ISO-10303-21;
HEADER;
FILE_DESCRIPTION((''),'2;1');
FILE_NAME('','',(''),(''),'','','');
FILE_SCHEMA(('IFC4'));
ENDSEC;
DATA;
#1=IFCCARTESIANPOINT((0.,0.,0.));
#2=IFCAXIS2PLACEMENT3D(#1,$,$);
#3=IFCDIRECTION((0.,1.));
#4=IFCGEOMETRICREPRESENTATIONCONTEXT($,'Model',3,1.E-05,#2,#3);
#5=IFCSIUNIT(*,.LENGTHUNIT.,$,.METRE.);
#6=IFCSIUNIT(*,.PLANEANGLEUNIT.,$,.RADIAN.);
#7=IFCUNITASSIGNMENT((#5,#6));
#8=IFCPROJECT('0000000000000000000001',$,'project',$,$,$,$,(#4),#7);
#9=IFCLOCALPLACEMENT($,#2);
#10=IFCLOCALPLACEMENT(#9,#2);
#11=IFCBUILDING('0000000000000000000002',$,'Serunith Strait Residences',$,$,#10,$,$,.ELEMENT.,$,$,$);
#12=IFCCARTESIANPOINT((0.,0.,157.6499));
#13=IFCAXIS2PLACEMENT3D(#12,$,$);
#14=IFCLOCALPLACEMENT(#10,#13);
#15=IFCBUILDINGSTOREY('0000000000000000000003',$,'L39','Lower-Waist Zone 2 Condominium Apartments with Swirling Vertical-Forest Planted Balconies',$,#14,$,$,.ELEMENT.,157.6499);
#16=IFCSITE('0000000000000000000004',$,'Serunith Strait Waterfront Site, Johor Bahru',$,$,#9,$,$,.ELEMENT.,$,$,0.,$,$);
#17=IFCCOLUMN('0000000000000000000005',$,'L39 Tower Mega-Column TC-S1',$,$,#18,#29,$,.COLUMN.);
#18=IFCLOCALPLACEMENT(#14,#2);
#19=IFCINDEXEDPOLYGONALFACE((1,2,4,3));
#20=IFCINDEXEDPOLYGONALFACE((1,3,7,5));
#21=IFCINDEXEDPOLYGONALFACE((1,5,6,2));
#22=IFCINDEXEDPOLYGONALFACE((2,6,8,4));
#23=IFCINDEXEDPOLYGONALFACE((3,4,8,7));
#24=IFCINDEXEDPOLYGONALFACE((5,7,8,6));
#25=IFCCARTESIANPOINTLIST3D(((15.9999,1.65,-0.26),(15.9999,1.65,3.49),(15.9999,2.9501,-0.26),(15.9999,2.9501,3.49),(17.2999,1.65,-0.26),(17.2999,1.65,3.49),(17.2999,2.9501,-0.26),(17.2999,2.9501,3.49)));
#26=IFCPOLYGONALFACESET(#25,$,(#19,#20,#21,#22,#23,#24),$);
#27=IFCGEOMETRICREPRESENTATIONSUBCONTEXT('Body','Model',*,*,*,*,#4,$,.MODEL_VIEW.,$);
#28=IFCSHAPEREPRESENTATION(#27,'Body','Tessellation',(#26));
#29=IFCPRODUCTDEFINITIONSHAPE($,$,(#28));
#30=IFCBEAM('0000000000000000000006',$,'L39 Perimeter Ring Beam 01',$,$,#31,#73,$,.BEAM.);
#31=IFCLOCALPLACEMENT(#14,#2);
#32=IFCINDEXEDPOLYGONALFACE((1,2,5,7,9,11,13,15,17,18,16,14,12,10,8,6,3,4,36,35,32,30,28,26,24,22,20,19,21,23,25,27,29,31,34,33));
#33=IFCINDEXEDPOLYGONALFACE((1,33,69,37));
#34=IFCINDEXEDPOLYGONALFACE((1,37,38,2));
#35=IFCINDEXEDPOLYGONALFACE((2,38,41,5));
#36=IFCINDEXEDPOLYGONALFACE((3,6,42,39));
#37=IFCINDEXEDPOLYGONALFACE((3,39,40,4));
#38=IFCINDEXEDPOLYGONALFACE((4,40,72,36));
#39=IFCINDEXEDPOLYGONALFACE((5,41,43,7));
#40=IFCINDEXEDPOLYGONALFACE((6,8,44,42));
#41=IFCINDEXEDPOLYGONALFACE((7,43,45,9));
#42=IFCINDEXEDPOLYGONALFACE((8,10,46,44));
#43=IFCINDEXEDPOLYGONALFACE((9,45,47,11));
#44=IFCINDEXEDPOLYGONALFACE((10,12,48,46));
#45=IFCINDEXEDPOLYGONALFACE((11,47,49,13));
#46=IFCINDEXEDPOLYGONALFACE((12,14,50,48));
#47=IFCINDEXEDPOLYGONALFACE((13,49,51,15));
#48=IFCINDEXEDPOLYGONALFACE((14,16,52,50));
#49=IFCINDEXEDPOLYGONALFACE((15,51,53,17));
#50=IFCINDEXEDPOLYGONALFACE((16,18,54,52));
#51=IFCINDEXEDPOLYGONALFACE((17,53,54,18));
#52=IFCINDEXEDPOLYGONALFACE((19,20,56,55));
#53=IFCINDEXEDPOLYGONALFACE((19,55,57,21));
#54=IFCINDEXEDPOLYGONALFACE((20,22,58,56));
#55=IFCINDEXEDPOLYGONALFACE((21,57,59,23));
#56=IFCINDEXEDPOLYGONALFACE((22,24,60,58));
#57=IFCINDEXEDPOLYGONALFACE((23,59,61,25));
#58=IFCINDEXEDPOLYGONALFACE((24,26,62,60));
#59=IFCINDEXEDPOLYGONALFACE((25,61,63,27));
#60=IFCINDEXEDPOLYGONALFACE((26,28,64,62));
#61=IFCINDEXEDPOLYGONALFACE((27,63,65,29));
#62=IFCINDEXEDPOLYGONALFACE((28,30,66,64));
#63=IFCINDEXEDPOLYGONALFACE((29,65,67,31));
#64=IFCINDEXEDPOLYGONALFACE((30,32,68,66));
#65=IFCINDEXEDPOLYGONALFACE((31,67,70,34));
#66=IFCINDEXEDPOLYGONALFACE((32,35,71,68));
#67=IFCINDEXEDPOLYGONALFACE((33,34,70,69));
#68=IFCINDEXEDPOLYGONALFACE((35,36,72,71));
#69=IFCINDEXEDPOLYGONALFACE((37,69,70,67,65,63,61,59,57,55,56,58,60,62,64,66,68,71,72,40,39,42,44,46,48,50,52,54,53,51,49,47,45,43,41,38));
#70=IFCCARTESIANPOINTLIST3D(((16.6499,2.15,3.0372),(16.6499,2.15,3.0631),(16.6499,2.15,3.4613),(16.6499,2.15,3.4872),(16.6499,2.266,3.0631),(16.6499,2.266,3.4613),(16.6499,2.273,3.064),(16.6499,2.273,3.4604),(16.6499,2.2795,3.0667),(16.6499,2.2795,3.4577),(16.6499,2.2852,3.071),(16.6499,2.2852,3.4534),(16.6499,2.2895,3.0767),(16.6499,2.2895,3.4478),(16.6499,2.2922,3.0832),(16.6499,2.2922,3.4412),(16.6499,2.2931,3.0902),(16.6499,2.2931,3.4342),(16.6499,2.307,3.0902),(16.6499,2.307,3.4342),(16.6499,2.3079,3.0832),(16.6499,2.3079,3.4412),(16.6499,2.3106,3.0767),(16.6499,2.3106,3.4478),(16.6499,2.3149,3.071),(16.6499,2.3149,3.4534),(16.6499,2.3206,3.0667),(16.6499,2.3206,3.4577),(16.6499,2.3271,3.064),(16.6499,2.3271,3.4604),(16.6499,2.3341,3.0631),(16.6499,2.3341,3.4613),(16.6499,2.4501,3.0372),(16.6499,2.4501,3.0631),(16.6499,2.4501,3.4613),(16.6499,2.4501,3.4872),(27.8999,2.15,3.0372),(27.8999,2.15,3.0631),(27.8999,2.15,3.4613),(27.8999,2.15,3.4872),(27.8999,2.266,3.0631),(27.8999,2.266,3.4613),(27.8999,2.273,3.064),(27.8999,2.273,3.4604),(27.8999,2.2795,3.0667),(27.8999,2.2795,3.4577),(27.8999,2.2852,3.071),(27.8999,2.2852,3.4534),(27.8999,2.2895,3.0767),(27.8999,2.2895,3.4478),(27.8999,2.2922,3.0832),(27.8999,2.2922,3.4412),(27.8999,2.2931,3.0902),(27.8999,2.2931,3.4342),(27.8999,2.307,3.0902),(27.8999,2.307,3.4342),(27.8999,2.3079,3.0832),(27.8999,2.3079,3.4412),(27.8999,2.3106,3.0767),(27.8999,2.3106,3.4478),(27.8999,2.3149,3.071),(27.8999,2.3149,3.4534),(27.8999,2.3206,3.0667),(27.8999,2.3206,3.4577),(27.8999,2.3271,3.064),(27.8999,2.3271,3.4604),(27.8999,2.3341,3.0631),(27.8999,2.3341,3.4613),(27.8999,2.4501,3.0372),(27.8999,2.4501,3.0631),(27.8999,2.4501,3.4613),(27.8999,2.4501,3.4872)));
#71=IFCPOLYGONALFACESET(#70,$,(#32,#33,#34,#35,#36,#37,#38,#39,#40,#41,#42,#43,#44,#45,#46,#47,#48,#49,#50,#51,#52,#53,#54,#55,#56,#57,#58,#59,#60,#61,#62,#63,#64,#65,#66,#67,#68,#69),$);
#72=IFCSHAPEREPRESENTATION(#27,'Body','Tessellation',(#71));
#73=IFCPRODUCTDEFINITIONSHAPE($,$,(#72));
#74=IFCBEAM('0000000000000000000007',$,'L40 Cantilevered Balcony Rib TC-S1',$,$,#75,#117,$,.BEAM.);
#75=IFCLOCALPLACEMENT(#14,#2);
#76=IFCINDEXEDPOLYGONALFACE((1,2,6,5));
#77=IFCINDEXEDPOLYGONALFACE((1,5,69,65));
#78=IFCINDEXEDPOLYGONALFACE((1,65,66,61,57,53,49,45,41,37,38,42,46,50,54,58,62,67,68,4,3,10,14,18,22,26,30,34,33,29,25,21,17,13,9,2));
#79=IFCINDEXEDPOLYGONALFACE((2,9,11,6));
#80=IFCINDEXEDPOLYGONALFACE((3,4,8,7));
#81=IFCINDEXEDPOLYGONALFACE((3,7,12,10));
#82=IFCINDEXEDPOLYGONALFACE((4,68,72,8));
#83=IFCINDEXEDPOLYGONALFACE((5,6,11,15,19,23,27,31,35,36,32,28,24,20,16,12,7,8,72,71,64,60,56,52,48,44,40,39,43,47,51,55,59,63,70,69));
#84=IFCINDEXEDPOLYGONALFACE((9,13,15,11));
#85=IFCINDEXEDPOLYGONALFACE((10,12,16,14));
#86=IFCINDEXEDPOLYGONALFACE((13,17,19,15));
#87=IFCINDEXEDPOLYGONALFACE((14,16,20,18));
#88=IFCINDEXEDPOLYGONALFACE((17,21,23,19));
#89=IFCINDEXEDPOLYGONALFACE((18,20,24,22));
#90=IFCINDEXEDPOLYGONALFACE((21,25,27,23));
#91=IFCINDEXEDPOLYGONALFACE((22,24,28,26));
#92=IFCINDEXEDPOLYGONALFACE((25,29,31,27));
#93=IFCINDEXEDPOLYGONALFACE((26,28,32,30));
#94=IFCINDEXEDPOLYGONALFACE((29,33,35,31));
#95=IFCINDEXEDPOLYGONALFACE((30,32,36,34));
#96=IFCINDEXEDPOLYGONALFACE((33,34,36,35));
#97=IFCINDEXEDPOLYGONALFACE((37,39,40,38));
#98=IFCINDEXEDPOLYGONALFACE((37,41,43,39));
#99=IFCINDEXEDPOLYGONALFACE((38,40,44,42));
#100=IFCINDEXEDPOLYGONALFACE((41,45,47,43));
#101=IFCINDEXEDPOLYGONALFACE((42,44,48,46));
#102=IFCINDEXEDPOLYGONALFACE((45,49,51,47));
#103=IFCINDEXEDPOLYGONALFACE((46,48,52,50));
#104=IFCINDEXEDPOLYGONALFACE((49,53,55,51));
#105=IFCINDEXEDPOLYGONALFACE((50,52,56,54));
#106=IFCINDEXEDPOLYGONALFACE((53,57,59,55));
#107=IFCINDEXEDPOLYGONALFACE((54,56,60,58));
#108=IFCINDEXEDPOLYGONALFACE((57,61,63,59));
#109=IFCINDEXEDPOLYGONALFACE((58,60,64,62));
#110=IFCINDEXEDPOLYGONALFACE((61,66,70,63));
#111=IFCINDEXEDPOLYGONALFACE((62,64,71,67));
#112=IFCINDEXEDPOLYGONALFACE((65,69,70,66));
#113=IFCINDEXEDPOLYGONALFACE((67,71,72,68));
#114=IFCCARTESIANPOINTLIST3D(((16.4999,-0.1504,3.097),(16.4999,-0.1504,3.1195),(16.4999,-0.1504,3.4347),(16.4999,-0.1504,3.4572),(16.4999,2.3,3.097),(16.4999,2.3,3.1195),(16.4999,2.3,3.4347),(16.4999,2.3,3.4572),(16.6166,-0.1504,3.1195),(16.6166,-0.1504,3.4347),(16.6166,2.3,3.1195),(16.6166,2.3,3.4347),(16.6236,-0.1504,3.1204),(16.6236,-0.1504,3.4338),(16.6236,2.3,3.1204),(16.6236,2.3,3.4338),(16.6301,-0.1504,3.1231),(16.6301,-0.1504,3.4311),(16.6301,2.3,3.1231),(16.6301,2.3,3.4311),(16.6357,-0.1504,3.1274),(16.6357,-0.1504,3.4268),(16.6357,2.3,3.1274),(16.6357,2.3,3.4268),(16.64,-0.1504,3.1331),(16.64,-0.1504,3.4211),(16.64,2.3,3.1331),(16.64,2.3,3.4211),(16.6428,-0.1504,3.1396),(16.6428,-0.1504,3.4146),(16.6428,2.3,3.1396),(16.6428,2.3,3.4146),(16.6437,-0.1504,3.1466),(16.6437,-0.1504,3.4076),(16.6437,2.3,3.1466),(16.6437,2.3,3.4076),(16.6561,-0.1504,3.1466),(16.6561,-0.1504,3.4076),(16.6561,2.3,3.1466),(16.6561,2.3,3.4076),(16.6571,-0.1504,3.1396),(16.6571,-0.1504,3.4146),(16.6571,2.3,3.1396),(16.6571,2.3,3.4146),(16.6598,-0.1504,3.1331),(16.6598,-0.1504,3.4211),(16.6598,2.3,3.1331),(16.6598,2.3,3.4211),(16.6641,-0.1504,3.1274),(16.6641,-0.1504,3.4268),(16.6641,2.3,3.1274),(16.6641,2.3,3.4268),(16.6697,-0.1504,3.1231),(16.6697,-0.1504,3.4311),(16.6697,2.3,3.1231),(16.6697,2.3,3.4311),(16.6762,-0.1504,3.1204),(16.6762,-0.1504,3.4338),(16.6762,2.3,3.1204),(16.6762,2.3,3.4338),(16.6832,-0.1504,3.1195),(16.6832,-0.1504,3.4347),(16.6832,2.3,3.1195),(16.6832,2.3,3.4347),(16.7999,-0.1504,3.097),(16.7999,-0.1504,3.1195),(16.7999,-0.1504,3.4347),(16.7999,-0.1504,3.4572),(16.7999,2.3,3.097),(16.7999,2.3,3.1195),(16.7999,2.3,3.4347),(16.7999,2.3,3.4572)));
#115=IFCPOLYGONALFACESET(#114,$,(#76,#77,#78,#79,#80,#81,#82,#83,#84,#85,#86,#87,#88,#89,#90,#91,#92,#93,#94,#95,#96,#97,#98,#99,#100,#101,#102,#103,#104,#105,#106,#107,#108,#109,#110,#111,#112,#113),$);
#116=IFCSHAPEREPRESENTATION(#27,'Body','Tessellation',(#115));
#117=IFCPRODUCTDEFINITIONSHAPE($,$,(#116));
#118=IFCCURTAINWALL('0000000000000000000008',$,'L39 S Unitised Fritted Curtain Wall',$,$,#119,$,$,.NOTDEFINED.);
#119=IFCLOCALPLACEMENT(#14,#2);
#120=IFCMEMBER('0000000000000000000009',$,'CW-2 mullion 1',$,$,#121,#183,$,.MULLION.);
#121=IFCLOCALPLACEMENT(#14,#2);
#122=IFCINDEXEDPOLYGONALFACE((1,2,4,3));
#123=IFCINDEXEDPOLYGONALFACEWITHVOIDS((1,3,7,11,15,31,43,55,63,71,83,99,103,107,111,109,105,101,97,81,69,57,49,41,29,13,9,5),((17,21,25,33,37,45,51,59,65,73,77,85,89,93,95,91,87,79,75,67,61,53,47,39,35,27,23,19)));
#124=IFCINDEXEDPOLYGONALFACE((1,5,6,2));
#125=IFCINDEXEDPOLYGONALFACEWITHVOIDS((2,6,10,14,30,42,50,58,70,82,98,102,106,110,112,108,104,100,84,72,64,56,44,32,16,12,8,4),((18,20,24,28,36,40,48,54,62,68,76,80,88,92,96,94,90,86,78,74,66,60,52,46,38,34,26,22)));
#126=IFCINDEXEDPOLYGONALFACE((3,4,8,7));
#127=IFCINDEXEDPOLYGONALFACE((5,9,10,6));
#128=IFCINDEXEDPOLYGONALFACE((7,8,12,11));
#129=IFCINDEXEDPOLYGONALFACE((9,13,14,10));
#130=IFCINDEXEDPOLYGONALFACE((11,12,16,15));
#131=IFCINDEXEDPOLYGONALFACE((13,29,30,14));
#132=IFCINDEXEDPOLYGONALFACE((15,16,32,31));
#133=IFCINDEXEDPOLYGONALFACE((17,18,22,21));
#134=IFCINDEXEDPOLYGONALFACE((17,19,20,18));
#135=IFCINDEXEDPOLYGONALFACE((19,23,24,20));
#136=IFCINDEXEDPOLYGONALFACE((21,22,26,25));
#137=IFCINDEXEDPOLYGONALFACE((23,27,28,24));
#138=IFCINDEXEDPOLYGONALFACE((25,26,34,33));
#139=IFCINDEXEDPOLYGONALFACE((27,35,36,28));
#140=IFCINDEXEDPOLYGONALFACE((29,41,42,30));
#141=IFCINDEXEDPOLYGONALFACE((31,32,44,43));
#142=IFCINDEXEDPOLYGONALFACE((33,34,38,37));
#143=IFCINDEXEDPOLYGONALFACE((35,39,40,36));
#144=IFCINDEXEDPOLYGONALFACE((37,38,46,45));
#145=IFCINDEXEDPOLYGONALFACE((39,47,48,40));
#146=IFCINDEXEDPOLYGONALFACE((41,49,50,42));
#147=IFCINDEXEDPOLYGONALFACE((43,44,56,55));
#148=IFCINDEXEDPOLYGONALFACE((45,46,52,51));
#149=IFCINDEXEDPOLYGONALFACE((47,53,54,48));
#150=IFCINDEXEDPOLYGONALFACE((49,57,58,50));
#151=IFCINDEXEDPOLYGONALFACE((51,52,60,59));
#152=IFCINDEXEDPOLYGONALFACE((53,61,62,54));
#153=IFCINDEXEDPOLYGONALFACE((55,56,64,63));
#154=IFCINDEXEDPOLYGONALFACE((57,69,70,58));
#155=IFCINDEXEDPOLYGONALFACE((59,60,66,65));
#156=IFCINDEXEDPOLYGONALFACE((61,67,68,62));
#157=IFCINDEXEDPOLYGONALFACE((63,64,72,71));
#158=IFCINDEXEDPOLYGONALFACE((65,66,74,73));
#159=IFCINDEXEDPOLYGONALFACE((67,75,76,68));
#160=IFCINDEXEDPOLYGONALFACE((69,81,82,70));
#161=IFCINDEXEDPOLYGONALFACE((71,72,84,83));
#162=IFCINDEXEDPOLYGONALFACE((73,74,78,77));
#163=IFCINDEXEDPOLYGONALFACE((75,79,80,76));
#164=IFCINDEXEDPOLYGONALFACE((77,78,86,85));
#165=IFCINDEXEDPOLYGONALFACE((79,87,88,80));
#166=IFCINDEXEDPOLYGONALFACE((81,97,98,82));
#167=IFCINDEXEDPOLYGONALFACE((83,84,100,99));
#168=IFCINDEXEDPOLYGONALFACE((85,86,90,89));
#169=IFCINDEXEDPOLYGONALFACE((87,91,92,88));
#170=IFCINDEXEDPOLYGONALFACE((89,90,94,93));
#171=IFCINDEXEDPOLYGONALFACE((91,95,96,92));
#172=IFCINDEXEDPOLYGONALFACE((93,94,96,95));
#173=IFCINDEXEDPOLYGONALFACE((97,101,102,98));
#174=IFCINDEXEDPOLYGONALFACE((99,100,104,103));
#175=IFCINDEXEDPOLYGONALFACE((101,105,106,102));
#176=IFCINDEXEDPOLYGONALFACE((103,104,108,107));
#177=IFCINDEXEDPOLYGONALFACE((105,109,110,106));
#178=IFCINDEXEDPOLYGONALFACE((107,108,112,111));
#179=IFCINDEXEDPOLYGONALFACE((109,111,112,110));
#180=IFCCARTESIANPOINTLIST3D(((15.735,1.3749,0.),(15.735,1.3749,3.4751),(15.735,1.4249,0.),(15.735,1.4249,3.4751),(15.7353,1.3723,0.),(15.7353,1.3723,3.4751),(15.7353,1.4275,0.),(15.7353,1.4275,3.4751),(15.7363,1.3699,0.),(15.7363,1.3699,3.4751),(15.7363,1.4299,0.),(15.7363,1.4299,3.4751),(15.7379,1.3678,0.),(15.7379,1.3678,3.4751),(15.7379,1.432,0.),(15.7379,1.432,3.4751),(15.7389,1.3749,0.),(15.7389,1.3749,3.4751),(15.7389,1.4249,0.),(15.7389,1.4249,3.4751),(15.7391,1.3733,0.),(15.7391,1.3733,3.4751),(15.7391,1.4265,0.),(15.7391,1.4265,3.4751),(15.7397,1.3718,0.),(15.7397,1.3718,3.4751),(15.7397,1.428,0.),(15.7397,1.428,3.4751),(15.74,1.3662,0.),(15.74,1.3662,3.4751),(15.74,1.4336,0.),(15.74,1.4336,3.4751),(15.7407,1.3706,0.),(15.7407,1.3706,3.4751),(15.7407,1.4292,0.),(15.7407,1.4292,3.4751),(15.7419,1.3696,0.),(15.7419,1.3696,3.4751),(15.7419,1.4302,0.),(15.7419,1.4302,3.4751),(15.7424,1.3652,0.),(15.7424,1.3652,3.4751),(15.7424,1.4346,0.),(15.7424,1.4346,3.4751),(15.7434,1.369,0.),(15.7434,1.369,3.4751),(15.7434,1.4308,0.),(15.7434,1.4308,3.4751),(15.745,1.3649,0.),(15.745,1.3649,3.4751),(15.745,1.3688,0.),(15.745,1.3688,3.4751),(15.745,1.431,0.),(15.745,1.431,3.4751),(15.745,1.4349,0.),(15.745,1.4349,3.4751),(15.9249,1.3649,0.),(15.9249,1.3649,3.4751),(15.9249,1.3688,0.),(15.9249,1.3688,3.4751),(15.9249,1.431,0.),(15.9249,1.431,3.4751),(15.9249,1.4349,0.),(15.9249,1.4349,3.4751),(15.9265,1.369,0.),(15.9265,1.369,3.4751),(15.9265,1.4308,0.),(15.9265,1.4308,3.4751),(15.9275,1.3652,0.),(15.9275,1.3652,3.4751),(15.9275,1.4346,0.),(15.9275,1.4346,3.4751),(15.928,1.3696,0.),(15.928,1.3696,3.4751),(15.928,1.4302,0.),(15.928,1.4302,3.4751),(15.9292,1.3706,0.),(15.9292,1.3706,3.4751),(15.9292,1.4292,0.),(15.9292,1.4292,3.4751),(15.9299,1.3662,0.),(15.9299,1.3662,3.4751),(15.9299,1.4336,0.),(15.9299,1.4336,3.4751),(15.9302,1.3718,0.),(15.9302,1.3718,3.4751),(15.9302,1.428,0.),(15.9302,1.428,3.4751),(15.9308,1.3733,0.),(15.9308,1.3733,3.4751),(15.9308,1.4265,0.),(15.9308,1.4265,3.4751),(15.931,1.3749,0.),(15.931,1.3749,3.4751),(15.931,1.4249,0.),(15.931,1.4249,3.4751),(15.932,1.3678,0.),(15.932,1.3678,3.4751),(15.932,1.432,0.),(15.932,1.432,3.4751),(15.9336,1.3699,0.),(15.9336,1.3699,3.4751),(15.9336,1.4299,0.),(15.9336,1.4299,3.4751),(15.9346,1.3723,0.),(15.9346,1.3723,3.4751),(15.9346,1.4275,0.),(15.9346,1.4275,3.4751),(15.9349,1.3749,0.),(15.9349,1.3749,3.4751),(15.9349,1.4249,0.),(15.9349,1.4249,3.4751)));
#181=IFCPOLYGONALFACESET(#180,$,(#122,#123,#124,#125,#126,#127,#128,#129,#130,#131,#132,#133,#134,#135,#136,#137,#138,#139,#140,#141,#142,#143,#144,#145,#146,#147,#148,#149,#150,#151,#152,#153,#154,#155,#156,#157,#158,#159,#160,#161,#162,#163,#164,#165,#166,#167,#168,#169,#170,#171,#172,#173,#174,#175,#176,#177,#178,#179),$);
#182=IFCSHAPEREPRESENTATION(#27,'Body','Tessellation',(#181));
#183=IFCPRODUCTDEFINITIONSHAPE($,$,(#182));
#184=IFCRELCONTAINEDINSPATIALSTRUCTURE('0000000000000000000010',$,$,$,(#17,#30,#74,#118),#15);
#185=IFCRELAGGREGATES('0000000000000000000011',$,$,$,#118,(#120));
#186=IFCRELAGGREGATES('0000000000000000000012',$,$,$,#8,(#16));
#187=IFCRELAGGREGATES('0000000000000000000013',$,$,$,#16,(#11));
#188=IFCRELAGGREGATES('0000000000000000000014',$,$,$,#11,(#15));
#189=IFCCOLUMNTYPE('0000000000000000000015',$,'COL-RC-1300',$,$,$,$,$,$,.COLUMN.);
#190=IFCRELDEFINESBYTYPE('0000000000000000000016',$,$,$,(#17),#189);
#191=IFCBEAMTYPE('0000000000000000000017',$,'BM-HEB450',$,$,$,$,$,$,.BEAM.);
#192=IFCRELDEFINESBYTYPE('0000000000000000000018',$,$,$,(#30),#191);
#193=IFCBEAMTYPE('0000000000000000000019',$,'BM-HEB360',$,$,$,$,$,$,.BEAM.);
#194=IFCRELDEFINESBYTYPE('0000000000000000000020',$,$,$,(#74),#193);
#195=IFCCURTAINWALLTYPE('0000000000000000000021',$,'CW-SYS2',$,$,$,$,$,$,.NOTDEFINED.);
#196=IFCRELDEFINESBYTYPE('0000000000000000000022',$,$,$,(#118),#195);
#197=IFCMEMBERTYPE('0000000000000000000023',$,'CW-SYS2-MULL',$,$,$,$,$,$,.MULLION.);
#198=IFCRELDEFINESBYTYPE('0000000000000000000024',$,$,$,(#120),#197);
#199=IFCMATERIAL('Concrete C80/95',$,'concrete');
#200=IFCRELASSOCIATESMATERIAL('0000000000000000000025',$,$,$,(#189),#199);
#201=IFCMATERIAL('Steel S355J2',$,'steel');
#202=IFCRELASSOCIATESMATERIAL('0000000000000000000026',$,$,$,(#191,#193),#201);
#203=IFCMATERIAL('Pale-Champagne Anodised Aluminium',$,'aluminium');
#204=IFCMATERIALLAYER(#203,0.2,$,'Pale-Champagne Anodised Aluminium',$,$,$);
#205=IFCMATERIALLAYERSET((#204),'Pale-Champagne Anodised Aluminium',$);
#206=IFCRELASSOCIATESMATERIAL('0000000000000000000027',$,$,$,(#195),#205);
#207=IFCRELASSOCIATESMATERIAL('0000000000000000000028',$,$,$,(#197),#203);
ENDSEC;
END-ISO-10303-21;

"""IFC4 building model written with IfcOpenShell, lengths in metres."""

from ifc_helpers import new_model, si_unit, direction, frame, origin, origin_2d, place, context, subcontext, project, spatial, rectangle, hollow_rectangle, i_section, extrude, source, transform, mapped, material, layer, layer_set, material_profile, profile_set, type_object, element, aggregate, save


model = new_model("IFC4")

# Units and contexts
model_context = context("Model", 3, precision=1e-05, world=origin(), true_north=direction((0.0, 1.0)))
body_context = subcontext(model_context, "Body", "Model", "MODEL_VIEW")
ifc_project = project(units=[si_unit("LENGTHUNIT", "METRE"), si_unit("PLANEANGLEUNIT", "RADIAN")], contexts=[model_context])

# Site, building, storey
site_placement = place(None, origin())
site = spatial("IfcSite", under=ifc_project, at=site_placement, Name="Serunith Strait Waterfront Site, Johor Bahru", CompositionType="ELEMENT", RefElevation=0.0)
building_placement = place(site_placement, origin())
building = spatial("IfcBuilding", under=site, at=building_placement, Name="Serunith Strait Residences", CompositionType="ELEMENT")
storey_placement = place(building_placement, frame((0.0, 0.0, 157.6499)))
storey = spatial("IfcBuildingStorey", under=building, at=storey_placement, Name="L39", Description="Lower-Waist Zone 2 Condominium Apartments with Swirling Vertical-Forest Planted Balconies", CompositionType="ELEMENT", Elevation=157.6499)

# Column
ifc_material_1 = material(Name="Concrete C80/95", Category="concrete")
ifc_material_profile_1 = material_profile(ifc_material_1, rectangle(XDim=1.3, YDim=1.3, at=origin_2d()), Name="RC 1300x1300")
ifc_profile_set_1 = profile_set([ifc_material_profile_1], Name="Concrete C80/95")
column_type = type_object("IfcColumnType", Name="COL-RC-1300", PredefinedType="COLUMN", material=ifc_profile_set_1)
shared_shape_1 = source(origin(), body_context, "Body", "SweptSolid", [
    extrude(rectangle(XDim=1.3, YDim=1.3, at=origin_2d()), origin(), (0.0, 0.0, 1.0), 3.75),
])
column_placement = place(storey_placement, frame((16.6499, 2.3, -0.26), z_axis=(0.0, 0.0, 1.0), x_axis=(1.0, 0.0, 0.0)))
element("IfcColumn", 1, at=column_placement, inside=storey, type_object=column_type, Name="L39 Tower Mega-Column TC-S1", PredefinedType="COLUMN", context=body_context, shape_type="MappedRepresentation", body=[
    mapped(shared_shape_1, transform((0.0, 0.0, 0.0), scale=1.0)),
])

# Beams
ifc_material_2 = material(Name="Steel S355J2", Category="steel")
ifc_material_profile_2 = material_profile(ifc_material_2, i_section(OverallWidth=0.3, OverallDepth=0.45, WebThickness=0.0139, FlangeThickness=0.0259, FilletRadius=0.0271, at=origin_2d()), Name="HEB 450")
ifc_profile_set_2 = profile_set([ifc_material_profile_2], Name="Steel S355J2")
beam_type_1 = type_object("IfcBeamType", Name="BM-HEB450", PredefinedType="BEAM", material=ifc_profile_set_2)
shared_shape_2 = source(origin(), body_context, "Body", "SweptSolid", [
    extrude(i_section(OverallWidth=0.3, OverallDepth=0.45, WebThickness=0.0139, FlangeThickness=0.0259, FilletRadius=0.0271, at=origin_2d()), origin(), (0.0, 0.0, 1.0), 11.25),
])
beam_1_placement = place(storey_placement, frame((16.6499, 2.3, 3.2622), z_axis=(1.0, 0.0, 0.0), x_axis=(0.0, 1.0, 0.0)))
element("IfcBeam", 2, at=beam_1_placement, inside=storey, type_object=beam_type_1, Name="L39 Perimeter Ring Beam 01", PredefinedType="BEAM", context=body_context, shape_type="MappedRepresentation", body=[
    mapped(shared_shape_2, transform((0.0, 0.0, 0.0), scale=1.0)),
])
ifc_material_profile_3 = material_profile(ifc_material_2, i_section(OverallWidth=0.3, OverallDepth=0.3601, WebThickness=0.0125, FlangeThickness=0.0225, FilletRadius=0.0271, at=origin_2d()), Name="HEB 360")
ifc_profile_set_3 = profile_set([ifc_material_profile_3], Name="Steel S355J2")
beam_type_2 = type_object("IfcBeamType", Name="BM-HEB360", PredefinedType="BEAM", material=ifc_profile_set_3)
shared_shape_3 = source(origin(), body_context, "Body", "SweptSolid", [
    extrude(i_section(OverallWidth=0.3, OverallDepth=0.3601, WebThickness=0.0125, FlangeThickness=0.0225, FilletRadius=0.0271, at=origin_2d()), origin(), (0.0, 0.0, 1.0), 2.4504),
])
beam_2_placement = place(storey_placement, frame((16.6499, 2.3, 3.2771), z_axis=(0.0, -1.0, 0.0), x_axis=(1.0, 0.0, 0.0)))
element("IfcBeam", 3, at=beam_2_placement, inside=storey, type_object=beam_type_2, Name="L40 Cantilevered Balcony Rib TC-S1", PredefinedType="BEAM", context=body_context, shape_type="MappedRepresentation", body=[
    mapped(shared_shape_3, transform((0.0, 0.0, 0.0), scale=1.0)),
])

# Curtain wall, member
ifc_material_3 = material(Name="Pale-Champagne Anodised Aluminium", Category="aluminium")
ifc_layer_1 = layer(ifc_material_3, 0.2, Name="Pale-Champagne Anodised Aluminium")
ifc_layer_set_1 = layer_set([ifc_layer_1], Name="Pale-Champagne Anodised Aluminium")
curtain_wall_type = type_object("IfcCurtainWallType", Name="CW-SYS2", PredefinedType="NOTDEFINED", material=ifc_layer_set_1)
curtain_wall_1_placement = place(storey_placement, origin())
curtain_wall_1 = element("IfcCurtainWall", 4, at=curtain_wall_1_placement, inside=storey, type_object=curtain_wall_type, Name="L39 S Unitised Fritted Curtain Wall", PredefinedType="NOTDEFINED")
ifc_material_profile_4 = material_profile(ifc_material_3, hollow_rectangle(XDim=0.0701, YDim=0.2, WallThickness=0.0039, InnerFilletRadius=0.0061, OuterFilletRadius=0.01, at=origin_2d()), Name="ALU 200x70x4")
ifc_profile_set_4 = profile_set([ifc_material_profile_4], Name="Pale-Champagne Anodised Aluminium")
member_type_1 = type_object("IfcMemberType", Name="CW-SYS2-MULL", PredefinedType="MULLION", material=ifc_profile_set_4)
shared_shape_4 = source(origin(), body_context, "Body", "SweptSolid", [
    extrude(hollow_rectangle(XDim=0.0701, YDim=0.2, WallThickness=0.0039, InnerFilletRadius=0.0061, OuterFilletRadius=0.01, at=origin_2d()), origin(), (0.0, 0.0, 1.0), 3.4751),
])
member_1_placement = place(storey_placement, frame((15.835, 1.3999, 0.0), z_axis=(0.0, 0.0, 1.0), x_axis=(0.0, 1.0, 0.0)))
member_1 = element("IfcMember", 5, at=member_1_placement, type_object=member_type_1, Name="CW-2 mullion 1", PredefinedType="MULLION", context=body_context, shape_type="MappedRepresentation", body=[
    mapped(shared_shape_4, transform((0.0, 0.0, 0.0), scale=1.0)),
])

aggregate(curtain_wall_1, [member_1])

save(model, "model.ifc")
